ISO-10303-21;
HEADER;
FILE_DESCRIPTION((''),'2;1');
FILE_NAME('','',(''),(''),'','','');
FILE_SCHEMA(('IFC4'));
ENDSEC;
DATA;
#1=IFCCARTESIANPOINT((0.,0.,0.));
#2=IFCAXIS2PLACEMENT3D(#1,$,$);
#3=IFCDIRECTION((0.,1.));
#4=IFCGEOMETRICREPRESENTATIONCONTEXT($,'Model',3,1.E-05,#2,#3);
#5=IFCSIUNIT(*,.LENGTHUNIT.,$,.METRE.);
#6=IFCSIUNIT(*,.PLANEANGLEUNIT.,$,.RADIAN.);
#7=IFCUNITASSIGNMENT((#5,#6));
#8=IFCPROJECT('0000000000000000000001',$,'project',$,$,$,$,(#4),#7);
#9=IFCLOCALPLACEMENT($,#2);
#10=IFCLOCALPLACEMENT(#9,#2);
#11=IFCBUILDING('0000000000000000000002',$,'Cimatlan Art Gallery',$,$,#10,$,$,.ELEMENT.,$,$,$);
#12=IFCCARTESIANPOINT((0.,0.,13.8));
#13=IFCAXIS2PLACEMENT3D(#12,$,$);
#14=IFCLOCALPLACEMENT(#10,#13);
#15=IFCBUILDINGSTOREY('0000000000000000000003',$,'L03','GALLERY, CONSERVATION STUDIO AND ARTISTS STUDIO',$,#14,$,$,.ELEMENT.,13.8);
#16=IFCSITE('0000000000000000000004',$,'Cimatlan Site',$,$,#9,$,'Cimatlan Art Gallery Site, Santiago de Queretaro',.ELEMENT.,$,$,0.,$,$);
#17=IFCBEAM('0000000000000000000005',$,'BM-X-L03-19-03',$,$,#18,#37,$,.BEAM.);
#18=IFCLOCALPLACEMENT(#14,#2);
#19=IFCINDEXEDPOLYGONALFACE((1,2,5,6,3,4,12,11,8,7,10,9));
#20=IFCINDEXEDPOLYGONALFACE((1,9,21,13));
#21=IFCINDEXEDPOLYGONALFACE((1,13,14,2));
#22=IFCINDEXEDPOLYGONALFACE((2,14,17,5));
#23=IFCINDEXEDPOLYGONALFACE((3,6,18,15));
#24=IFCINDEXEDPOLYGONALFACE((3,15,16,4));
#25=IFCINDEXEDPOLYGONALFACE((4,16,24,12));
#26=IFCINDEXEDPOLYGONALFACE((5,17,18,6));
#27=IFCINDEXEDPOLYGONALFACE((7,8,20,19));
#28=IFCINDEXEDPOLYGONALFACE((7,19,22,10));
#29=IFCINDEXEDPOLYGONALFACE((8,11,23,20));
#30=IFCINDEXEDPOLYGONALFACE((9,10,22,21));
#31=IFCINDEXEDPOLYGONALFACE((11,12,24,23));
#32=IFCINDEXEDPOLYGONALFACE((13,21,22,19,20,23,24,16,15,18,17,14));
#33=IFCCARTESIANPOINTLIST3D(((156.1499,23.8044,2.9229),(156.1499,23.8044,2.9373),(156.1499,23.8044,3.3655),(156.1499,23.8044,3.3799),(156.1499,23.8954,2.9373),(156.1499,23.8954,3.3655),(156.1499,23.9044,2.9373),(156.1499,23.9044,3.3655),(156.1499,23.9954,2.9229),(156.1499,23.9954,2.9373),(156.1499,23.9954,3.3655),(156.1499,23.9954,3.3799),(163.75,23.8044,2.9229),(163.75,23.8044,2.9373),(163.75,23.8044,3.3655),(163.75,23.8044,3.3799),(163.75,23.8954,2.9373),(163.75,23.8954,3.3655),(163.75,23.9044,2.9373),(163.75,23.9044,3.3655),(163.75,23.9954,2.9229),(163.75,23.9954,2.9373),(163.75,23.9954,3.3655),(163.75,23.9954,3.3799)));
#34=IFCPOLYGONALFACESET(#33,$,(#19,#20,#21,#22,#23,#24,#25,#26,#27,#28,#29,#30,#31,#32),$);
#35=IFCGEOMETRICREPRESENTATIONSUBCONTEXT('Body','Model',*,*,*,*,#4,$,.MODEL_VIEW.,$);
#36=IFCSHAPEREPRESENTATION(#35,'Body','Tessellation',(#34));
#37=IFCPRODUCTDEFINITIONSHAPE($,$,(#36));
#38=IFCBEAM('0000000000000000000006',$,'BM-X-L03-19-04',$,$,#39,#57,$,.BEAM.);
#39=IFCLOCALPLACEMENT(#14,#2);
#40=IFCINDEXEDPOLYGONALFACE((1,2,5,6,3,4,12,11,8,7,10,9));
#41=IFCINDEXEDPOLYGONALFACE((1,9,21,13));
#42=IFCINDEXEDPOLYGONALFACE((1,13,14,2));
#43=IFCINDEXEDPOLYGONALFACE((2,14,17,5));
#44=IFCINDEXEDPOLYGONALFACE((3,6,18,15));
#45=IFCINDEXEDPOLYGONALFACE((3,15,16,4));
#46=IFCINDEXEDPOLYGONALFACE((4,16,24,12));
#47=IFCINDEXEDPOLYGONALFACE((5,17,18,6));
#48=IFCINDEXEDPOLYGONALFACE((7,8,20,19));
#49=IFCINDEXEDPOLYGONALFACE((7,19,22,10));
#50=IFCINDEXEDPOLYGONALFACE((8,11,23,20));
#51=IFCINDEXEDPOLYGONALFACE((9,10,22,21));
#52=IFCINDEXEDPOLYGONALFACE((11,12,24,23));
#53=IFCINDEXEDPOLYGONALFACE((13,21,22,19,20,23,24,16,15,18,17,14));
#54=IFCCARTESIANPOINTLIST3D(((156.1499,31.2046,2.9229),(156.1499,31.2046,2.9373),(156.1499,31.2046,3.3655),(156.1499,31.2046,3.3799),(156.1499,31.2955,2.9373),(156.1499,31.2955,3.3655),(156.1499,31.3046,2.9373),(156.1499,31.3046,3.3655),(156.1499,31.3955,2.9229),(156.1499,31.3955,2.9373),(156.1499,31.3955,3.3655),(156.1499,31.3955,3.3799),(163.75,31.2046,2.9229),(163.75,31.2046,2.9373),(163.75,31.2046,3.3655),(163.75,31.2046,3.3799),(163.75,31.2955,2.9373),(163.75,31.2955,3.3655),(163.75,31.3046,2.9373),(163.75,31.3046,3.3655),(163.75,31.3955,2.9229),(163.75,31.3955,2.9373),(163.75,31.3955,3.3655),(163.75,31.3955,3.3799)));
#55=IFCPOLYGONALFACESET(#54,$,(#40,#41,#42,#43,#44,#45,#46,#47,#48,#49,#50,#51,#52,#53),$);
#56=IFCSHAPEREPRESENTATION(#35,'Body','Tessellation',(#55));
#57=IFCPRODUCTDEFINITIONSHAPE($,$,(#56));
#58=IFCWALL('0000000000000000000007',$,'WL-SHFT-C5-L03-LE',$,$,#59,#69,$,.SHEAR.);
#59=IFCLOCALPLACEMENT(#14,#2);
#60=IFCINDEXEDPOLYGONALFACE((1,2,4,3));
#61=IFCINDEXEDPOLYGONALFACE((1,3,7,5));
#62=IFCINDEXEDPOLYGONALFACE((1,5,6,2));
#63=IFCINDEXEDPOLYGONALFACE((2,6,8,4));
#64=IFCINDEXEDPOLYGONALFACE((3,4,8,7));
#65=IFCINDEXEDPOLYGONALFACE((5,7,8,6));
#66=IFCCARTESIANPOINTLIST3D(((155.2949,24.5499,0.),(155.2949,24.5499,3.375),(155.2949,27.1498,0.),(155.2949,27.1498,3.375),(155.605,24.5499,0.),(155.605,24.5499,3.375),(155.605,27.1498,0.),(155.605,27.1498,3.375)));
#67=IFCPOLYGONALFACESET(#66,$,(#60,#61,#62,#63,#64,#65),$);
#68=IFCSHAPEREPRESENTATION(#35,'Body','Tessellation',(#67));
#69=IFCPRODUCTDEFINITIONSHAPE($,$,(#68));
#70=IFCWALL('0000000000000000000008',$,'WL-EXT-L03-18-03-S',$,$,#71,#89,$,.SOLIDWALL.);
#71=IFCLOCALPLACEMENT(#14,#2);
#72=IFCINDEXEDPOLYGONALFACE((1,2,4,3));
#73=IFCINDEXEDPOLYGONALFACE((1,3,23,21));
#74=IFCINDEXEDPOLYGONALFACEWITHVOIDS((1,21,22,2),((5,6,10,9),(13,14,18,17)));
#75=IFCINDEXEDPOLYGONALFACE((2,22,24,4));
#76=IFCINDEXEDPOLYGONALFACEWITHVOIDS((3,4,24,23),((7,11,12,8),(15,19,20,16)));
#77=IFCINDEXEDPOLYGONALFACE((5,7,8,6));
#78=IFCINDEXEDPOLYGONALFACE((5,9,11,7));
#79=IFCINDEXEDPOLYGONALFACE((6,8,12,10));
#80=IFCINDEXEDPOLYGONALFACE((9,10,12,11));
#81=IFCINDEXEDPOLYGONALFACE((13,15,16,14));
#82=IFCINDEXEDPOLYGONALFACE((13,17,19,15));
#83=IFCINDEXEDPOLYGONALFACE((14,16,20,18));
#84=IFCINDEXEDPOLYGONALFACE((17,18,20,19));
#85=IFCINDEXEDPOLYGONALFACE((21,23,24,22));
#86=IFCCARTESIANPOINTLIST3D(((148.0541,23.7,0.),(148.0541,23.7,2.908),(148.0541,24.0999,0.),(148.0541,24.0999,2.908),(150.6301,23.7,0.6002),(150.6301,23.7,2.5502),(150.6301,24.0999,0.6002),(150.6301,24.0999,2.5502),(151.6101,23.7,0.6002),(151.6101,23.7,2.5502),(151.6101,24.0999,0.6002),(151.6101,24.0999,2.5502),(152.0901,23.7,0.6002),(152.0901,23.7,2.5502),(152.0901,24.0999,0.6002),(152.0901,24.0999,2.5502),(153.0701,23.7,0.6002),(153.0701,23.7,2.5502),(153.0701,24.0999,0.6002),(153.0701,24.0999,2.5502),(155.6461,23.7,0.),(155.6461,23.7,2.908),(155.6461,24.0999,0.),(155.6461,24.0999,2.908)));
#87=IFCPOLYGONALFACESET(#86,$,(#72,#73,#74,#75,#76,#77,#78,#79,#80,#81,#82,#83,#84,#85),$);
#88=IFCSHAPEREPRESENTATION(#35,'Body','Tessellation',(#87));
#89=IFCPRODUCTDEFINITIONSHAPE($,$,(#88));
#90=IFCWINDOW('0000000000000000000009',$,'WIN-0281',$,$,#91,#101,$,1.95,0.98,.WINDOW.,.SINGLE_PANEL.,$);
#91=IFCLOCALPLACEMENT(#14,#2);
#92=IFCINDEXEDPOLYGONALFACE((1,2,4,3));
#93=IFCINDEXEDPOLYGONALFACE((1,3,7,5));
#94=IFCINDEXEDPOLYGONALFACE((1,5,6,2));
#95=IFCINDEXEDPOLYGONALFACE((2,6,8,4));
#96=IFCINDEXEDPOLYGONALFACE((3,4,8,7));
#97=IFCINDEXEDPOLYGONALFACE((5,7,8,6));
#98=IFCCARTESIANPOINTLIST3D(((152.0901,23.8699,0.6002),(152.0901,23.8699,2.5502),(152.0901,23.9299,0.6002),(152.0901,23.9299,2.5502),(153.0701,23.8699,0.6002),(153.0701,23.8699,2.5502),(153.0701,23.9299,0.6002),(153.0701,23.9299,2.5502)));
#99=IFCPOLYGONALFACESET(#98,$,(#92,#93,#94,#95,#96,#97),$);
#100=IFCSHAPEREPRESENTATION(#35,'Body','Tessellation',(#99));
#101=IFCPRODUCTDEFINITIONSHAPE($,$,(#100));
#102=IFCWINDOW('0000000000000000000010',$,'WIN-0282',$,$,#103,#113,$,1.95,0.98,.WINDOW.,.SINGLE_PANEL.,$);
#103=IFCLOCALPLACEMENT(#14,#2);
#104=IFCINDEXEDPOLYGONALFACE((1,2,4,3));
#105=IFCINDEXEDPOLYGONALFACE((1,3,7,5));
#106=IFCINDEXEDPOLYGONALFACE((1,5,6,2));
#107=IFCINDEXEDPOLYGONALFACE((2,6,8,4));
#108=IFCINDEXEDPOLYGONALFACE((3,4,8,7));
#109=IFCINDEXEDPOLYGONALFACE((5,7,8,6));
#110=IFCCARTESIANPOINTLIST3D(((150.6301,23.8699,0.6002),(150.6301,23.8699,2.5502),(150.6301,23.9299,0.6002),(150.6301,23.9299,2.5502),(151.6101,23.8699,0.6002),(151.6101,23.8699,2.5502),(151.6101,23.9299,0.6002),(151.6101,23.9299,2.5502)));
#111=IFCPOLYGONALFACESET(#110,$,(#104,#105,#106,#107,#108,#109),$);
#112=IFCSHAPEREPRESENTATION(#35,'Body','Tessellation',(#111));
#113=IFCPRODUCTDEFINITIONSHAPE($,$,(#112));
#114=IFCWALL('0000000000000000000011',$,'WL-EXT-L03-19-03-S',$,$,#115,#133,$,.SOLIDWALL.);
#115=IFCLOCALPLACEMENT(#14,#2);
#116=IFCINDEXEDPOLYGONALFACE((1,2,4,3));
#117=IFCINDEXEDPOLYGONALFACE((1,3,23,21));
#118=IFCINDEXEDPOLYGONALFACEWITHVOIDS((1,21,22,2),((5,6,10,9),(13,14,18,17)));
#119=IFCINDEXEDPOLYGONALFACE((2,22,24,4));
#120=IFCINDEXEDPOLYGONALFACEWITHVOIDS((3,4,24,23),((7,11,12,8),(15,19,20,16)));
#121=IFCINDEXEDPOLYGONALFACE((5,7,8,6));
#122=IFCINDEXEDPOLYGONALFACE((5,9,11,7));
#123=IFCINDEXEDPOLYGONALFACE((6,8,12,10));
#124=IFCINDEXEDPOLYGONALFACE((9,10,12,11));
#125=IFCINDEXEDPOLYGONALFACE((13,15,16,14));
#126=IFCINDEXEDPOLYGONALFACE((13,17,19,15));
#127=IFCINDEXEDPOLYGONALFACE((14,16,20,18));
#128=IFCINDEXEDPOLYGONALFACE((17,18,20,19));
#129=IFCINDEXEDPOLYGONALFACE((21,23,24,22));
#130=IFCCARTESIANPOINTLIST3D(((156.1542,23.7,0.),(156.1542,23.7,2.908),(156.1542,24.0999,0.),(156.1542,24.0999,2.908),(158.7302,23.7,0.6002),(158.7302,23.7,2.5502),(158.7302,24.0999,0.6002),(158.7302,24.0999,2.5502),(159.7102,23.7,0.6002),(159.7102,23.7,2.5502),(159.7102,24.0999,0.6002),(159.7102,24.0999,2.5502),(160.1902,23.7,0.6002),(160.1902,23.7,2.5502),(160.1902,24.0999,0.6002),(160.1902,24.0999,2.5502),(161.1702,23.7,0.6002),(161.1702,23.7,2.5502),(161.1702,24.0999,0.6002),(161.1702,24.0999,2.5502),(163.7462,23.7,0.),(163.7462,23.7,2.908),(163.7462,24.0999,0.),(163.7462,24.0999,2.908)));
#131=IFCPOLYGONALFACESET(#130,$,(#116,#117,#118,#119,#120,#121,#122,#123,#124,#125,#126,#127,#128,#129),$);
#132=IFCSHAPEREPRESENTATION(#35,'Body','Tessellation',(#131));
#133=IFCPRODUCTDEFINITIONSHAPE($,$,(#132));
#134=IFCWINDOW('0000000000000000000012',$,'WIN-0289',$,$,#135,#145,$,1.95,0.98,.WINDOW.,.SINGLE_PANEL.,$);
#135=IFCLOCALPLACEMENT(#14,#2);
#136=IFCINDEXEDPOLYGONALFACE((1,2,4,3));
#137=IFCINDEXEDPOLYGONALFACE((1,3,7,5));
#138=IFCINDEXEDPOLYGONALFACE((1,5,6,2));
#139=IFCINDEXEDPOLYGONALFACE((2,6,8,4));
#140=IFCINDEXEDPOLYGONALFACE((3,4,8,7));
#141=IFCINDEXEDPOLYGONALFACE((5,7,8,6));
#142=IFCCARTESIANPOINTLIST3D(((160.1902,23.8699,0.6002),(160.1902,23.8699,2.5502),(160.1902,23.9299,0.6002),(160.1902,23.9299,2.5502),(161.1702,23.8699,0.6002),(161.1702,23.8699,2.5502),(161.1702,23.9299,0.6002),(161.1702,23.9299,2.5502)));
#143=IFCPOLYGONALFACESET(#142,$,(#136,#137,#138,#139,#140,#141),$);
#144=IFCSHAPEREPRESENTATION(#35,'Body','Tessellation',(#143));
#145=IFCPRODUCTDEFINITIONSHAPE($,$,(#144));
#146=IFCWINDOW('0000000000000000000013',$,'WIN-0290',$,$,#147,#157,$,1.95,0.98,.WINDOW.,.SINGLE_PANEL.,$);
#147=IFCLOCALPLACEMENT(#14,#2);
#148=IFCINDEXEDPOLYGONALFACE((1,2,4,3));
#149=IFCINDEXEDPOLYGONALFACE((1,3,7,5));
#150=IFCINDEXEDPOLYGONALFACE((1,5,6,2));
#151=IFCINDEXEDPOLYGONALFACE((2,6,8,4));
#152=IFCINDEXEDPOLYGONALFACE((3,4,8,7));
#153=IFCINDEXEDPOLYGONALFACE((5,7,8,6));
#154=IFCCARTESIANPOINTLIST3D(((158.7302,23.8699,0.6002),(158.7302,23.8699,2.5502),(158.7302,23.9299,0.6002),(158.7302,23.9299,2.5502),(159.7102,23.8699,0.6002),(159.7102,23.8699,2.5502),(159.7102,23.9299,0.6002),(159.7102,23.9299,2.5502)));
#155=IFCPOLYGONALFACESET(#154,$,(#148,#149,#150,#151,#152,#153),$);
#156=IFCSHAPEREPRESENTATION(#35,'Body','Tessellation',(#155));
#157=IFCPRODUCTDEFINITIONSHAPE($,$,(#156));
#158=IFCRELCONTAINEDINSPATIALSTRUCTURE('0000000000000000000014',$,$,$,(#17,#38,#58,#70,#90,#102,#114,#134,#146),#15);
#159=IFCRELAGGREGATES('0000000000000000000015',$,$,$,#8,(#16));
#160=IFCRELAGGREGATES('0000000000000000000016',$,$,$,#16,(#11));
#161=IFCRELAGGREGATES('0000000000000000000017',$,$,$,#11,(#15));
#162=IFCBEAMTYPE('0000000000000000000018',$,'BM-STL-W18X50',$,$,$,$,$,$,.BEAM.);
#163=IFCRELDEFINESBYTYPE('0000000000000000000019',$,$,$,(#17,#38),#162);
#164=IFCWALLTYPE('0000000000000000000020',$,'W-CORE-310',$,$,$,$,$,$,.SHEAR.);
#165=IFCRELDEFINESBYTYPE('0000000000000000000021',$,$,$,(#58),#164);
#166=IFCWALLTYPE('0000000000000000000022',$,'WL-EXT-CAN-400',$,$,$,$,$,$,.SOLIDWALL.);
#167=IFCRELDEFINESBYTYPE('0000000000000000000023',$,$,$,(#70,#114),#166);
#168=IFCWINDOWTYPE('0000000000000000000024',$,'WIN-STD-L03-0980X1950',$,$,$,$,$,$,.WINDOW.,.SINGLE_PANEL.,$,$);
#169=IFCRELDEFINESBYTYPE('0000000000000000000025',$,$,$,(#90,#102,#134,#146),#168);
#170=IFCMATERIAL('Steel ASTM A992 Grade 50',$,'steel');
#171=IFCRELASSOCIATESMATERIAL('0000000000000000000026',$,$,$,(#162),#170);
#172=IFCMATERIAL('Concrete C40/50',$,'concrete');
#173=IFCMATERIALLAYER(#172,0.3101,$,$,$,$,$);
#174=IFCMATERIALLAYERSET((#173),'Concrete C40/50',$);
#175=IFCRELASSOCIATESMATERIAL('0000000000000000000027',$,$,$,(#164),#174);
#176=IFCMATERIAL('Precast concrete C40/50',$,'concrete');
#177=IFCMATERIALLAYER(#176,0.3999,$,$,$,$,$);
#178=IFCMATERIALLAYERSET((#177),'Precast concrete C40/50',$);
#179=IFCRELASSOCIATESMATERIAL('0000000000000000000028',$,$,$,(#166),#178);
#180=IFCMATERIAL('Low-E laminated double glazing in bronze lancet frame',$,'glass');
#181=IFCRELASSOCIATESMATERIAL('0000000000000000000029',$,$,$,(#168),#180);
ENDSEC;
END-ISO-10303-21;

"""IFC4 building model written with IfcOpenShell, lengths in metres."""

from ifc_helpers import new_model, si_unit, direction, frame, frame_2d, origin, origin_2d, place, context, subcontext, project, spatial, rectangle, i_section, extrude, material, layer, layer_set, material_profile, profile_set, type_object, element, fill, save


model = new_model("IFC4")

# Units and contexts
model_context = context("Model", 3, precision=1e-05, world=origin(), true_north=direction((0.0, 1.0)))
body_context = subcontext(model_context, "Body", "Model", "MODEL_VIEW")
ifc_project = project(units=[si_unit("LENGTHUNIT", "METRE"), si_unit("PLANEANGLEUNIT", "RADIAN")], contexts=[model_context])

# Site, building, storey
site_placement = place(None, origin())
site = spatial("IfcSite", under=ifc_project, at=site_placement, Name="Cimatlan Site", LongName="Cimatlan Art Gallery Site, Santiago de Queretaro", CompositionType="ELEMENT", RefElevation=0.0)
building_placement = place(site_placement, origin())
building = spatial("IfcBuilding", under=site, at=building_placement, Name="Cimatlan Art Gallery", CompositionType="ELEMENT")
storey_placement = place(building_placement, frame((0.0, 0.0, 13.8)))
storey = spatial("IfcBuildingStorey", under=building, at=storey_placement, Name="L03", Description="GALLERY, CONSERVATION STUDIO AND ARTISTS STUDIO", CompositionType="ELEMENT", Elevation=13.8)

# Beams
ifc_material_1 = material(Name="Steel ASTM A992 Grade 50", Category="steel")
ifc_material_profile_1 = material_profile(ifc_material_1, i_section(OverallWidth=0.1909, OverallDepth=0.457, WebThickness=0.009, FlangeThickness=0.0144, at=origin_2d()), Name="W18X50")
ifc_profile_set_1 = profile_set([ifc_material_profile_1], Name="Steel ASTM A992 Grade 50")
beam_type_1 = type_object("IfcBeamType", Name="BM-STL-W18X50", PredefinedType="BEAM", material=ifc_profile_set_1)
for number, where, z_axis, x_axis, name in (
    (1, (156.1499, 23.8999, 3.1514), (1.0, 0.0, 0.0), (0.0, 1.0, 0.0), "BM-X-L03-19-03"),
    (2, (156.1499, 31.3, 3.1514), (1.0, 0.0, 0.0), (0.0, 1.0, 0.0), "BM-X-L03-19-04"),
):
    element("IfcBeam", number, at=place(storey_placement, frame(where, z_axis=z_axis, x_axis=x_axis)), inside=storey, type_object=beam_type_1, Name=name, PredefinedType="BEAM", context=body_context, shape_type="SweptSolid", body=[
        extrude(i_section(OverallWidth=0.1909, OverallDepth=0.457, WebThickness=0.009, FlangeThickness=0.0144, at=origin_2d()), origin(), (0.0, 0.0, 1.0), 7.6001),
    ])

# Wall
ifc_material_2 = material(Name="Concrete C40/50", Category="concrete")
ifc_layer_1 = layer(ifc_material_2, 0.3101)
ifc_layer_set_1 = layer_set([ifc_layer_1], Name="Concrete C40/50")
wall_type_1 = type_object("IfcWallType", Name="W-CORE-310", PredefinedType="SHEAR", material=ifc_layer_set_1)
wall_1_placement = place(storey_placement, frame((155.45, 24.55, 0.0), z_axis=(0.0, 0.0, 1.0), x_axis=(0.0, 1.0, 0.0)))
element("IfcWall", 3, at=wall_1_placement, inside=storey, type_object=wall_type_1, Name="WL-SHFT-C5-L03-LE", PredefinedType="SHEAR", context=body_context, shape_type="SweptSolid", body=[
    extrude(rectangle(XDim=2.5999, YDim=0.3101, at=frame_2d((1.2998, 0.0))), origin(), (0.0, 0.0, 1.0), 3.375),
])

# Walls, openings, windows
ifc_material_3 = material(Name="Precast concrete C40/50", Category="concrete")
ifc_layer_2 = layer(ifc_material_3, 0.3999)
ifc_layer_set_2 = layer_set([ifc_layer_2], Name="Precast concrete C40/50")
wall_type_2 = type_object("IfcWallType", Name="WL-EXT-CAN-400", PredefinedType="SOLIDWALL", material=ifc_layer_set_2)
wall_2_placement = place(storey_placement, frame((155.646, 23.8999, 0.0), z_axis=(0.0, 0.0, 1.0), x_axis=(-1.0, 0.0, 0.0)))
wall_2 = element("IfcWall", 4, at=wall_2_placement, inside=storey, type_object=wall_type_2, Name="WL-EXT-L03-18-03-S", PredefinedType="SOLIDWALL", context=body_context, shape_type="SweptSolid", body=[
    extrude(rectangle(XDim=7.592, YDim=0.3999, at=frame_2d((3.7959, 0.0))), origin(), (0.0, 0.0, 1.0), 2.908),
])
opening_1_placement = place(wall_2_placement, frame((2.5759, 0.0, 0.6001)))
opening_1 = element("IfcOpeningElement", 5, at=opening_1_placement, cuts=wall_2, PredefinedType="OPENING", context=body_context, shape_type="SweptSolid", body=[
    extrude(rectangle(XDim=0.98, YDim=1.95, at=frame_2d((0.49, 0.9751))), frame((0.0, 0.21, 0.0), z_axis=(0.0, -1.0, 0.0), x_axis=(1.0, 0.0, 0.0)), (0.0, 0.0, 1.0), 0.4199),
])
opening_2_placement = place(wall_2_placement, frame((4.0359, 0.0, 0.6001)))
opening_2 = element("IfcOpeningElement", 6, at=opening_2_placement, cuts=wall_2, PredefinedType="OPENING", context=body_context, shape_type="SweptSolid", body=[
    extrude(rectangle(XDim=0.98, YDim=1.95, at=frame_2d((0.49, 0.9751))), frame((0.0, 0.21, 0.0), z_axis=(0.0, -1.0, 0.0), x_axis=(1.0, 0.0, 0.0)), (0.0, 0.0, 1.0), 0.4199),
])
ifc_material_4 = material(Name="Low-E laminated double glazing in bronze lancet frame", Category="glass")
window_type = type_object("IfcWindowType", Name="WIN-STD-L03-0980X1950", PartitioningType="SINGLE_PANEL", PredefinedType="WINDOW", material=ifc_material_4)
window_1_placement = place(opening_1_placement, origin())
window_1 = element("IfcWindow", 7, at=window_1_placement, inside=storey, type_object=window_type, Name="WIN-0281", OverallHeight=1.95, OverallWidth=0.98, PartitioningType="SINGLE_PANEL", PredefinedType="WINDOW", context=body_context, shape_type="SweptSolid", body=[
    extrude(rectangle(XDim=0.98, YDim=1.95, at=frame_2d((0.49, 0.9751))), frame((0.0, 0.03, 0.0), z_axis=(0.0, -1.0, 0.0), x_axis=(1.0, 0.0, 0.0)), (0.0, 0.0, 1.0), 0.0601),
])
fill(opening_1, window_1)
window_2_placement = place(opening_2_placement, origin())
window_2 = element("IfcWindow", 8, at=window_2_placement, inside=storey, type_object=window_type, Name="WIN-0282", OverallHeight=1.95, OverallWidth=0.98, PartitioningType="SINGLE_PANEL", PredefinedType="WINDOW", context=body_context, shape_type="SweptSolid", body=[
    extrude(rectangle(XDim=0.98, YDim=1.95, at=frame_2d((0.49, 0.9751))), frame((0.0, 0.03, 0.0), z_axis=(0.0, -1.0, 0.0), x_axis=(1.0, 0.0, 0.0)), (0.0, 0.0, 1.0), 0.0601),
])
fill(opening_2, window_2)
wall_3_placement = place(storey_placement, frame((163.7461, 23.8999, 0.0), z_axis=(0.0, 0.0, 1.0), x_axis=(-1.0, 0.0, 0.0)))
wall_3 = element("IfcWall", 9, at=wall_3_placement, inside=storey, type_object=wall_type_2, Name="WL-EXT-L03-19-03-S", PredefinedType="SOLIDWALL", context=body_context, shape_type="SweptSolid", body=[
    extrude(rectangle(XDim=7.592, YDim=0.3999, at=frame_2d((3.7959, 0.0))), origin(), (0.0, 0.0, 1.0), 2.908),
])
opening_3_placement = place(wall_3_placement, frame((2.5759, 0.0, 0.6001)))
opening_3 = element("IfcOpeningElement", 10, at=opening_3_placement, cuts=wall_3, PredefinedType="OPENING", context=body_context, shape_type="SweptSolid", body=[
    extrude(rectangle(XDim=0.98, YDim=1.95, at=frame_2d((0.49, 0.9751))), frame((0.0, 0.21, 0.0), z_axis=(0.0, -1.0, 0.0), x_axis=(1.0, 0.0, 0.0)), (0.0, 0.0, 1.0), 0.4199),
])
opening_4_placement = place(wall_3_placement, frame((4.0359, 0.0, 0.6001)))
opening_4 = element("IfcOpeningElement", 11, at=opening_4_placement, cuts=wall_3, PredefinedType="OPENING", context=body_context, shape_type="SweptSolid", body=[
    extrude(rectangle(XDim=0.98, YDim=1.95, at=frame_2d((0.49, 0.9751))), frame((0.0, 0.21, 0.0), z_axis=(0.0, -1.0, 0.0), x_axis=(1.0, 0.0, 0.0)), (0.0, 0.0, 1.0), 0.4199),
])
window_3_placement = place(opening_3_placement, origin())
window_3 = element("IfcWindow", 12, at=window_3_placement, inside=storey, type_object=window_type, Name="WIN-0289", OverallHeight=1.95, OverallWidth=0.98, PartitioningType="SINGLE_PANEL", PredefinedType="WINDOW", context=body_context, shape_type="SweptSolid", body=[
    extrude(rectangle(XDim=0.98, YDim=1.95, at=frame_2d((0.49, 0.9751))), frame((0.0, 0.03, 0.0), z_axis=(0.0, -1.0, 0.0), x_axis=(1.0, 0.0, 0.0)), (0.0, 0.0, 1.0), 0.0601),
])
fill(opening_3, window_3)
window_4_placement = place(opening_4_placement, origin())
window_4 = element("IfcWindow", 13, at=window_4_placement, inside=storey, type_object=window_type, Name="WIN-0290", OverallHeight=1.95, OverallWidth=0.98, PartitioningType="SINGLE_PANEL", PredefinedType="WINDOW", context=body_context, shape_type="SweptSolid", body=[
    extrude(rectangle(XDim=0.98, YDim=1.95, at=frame_2d((0.49, 0.9751))), frame((0.0, 0.03, 0.0), z_axis=(0.0, -1.0, 0.0), x_axis=(1.0, 0.0, 0.0)), (0.0, 0.0, 1.0), 0.0601),
])
fill(opening_4, window_4)

save(model, "model.ifc")
